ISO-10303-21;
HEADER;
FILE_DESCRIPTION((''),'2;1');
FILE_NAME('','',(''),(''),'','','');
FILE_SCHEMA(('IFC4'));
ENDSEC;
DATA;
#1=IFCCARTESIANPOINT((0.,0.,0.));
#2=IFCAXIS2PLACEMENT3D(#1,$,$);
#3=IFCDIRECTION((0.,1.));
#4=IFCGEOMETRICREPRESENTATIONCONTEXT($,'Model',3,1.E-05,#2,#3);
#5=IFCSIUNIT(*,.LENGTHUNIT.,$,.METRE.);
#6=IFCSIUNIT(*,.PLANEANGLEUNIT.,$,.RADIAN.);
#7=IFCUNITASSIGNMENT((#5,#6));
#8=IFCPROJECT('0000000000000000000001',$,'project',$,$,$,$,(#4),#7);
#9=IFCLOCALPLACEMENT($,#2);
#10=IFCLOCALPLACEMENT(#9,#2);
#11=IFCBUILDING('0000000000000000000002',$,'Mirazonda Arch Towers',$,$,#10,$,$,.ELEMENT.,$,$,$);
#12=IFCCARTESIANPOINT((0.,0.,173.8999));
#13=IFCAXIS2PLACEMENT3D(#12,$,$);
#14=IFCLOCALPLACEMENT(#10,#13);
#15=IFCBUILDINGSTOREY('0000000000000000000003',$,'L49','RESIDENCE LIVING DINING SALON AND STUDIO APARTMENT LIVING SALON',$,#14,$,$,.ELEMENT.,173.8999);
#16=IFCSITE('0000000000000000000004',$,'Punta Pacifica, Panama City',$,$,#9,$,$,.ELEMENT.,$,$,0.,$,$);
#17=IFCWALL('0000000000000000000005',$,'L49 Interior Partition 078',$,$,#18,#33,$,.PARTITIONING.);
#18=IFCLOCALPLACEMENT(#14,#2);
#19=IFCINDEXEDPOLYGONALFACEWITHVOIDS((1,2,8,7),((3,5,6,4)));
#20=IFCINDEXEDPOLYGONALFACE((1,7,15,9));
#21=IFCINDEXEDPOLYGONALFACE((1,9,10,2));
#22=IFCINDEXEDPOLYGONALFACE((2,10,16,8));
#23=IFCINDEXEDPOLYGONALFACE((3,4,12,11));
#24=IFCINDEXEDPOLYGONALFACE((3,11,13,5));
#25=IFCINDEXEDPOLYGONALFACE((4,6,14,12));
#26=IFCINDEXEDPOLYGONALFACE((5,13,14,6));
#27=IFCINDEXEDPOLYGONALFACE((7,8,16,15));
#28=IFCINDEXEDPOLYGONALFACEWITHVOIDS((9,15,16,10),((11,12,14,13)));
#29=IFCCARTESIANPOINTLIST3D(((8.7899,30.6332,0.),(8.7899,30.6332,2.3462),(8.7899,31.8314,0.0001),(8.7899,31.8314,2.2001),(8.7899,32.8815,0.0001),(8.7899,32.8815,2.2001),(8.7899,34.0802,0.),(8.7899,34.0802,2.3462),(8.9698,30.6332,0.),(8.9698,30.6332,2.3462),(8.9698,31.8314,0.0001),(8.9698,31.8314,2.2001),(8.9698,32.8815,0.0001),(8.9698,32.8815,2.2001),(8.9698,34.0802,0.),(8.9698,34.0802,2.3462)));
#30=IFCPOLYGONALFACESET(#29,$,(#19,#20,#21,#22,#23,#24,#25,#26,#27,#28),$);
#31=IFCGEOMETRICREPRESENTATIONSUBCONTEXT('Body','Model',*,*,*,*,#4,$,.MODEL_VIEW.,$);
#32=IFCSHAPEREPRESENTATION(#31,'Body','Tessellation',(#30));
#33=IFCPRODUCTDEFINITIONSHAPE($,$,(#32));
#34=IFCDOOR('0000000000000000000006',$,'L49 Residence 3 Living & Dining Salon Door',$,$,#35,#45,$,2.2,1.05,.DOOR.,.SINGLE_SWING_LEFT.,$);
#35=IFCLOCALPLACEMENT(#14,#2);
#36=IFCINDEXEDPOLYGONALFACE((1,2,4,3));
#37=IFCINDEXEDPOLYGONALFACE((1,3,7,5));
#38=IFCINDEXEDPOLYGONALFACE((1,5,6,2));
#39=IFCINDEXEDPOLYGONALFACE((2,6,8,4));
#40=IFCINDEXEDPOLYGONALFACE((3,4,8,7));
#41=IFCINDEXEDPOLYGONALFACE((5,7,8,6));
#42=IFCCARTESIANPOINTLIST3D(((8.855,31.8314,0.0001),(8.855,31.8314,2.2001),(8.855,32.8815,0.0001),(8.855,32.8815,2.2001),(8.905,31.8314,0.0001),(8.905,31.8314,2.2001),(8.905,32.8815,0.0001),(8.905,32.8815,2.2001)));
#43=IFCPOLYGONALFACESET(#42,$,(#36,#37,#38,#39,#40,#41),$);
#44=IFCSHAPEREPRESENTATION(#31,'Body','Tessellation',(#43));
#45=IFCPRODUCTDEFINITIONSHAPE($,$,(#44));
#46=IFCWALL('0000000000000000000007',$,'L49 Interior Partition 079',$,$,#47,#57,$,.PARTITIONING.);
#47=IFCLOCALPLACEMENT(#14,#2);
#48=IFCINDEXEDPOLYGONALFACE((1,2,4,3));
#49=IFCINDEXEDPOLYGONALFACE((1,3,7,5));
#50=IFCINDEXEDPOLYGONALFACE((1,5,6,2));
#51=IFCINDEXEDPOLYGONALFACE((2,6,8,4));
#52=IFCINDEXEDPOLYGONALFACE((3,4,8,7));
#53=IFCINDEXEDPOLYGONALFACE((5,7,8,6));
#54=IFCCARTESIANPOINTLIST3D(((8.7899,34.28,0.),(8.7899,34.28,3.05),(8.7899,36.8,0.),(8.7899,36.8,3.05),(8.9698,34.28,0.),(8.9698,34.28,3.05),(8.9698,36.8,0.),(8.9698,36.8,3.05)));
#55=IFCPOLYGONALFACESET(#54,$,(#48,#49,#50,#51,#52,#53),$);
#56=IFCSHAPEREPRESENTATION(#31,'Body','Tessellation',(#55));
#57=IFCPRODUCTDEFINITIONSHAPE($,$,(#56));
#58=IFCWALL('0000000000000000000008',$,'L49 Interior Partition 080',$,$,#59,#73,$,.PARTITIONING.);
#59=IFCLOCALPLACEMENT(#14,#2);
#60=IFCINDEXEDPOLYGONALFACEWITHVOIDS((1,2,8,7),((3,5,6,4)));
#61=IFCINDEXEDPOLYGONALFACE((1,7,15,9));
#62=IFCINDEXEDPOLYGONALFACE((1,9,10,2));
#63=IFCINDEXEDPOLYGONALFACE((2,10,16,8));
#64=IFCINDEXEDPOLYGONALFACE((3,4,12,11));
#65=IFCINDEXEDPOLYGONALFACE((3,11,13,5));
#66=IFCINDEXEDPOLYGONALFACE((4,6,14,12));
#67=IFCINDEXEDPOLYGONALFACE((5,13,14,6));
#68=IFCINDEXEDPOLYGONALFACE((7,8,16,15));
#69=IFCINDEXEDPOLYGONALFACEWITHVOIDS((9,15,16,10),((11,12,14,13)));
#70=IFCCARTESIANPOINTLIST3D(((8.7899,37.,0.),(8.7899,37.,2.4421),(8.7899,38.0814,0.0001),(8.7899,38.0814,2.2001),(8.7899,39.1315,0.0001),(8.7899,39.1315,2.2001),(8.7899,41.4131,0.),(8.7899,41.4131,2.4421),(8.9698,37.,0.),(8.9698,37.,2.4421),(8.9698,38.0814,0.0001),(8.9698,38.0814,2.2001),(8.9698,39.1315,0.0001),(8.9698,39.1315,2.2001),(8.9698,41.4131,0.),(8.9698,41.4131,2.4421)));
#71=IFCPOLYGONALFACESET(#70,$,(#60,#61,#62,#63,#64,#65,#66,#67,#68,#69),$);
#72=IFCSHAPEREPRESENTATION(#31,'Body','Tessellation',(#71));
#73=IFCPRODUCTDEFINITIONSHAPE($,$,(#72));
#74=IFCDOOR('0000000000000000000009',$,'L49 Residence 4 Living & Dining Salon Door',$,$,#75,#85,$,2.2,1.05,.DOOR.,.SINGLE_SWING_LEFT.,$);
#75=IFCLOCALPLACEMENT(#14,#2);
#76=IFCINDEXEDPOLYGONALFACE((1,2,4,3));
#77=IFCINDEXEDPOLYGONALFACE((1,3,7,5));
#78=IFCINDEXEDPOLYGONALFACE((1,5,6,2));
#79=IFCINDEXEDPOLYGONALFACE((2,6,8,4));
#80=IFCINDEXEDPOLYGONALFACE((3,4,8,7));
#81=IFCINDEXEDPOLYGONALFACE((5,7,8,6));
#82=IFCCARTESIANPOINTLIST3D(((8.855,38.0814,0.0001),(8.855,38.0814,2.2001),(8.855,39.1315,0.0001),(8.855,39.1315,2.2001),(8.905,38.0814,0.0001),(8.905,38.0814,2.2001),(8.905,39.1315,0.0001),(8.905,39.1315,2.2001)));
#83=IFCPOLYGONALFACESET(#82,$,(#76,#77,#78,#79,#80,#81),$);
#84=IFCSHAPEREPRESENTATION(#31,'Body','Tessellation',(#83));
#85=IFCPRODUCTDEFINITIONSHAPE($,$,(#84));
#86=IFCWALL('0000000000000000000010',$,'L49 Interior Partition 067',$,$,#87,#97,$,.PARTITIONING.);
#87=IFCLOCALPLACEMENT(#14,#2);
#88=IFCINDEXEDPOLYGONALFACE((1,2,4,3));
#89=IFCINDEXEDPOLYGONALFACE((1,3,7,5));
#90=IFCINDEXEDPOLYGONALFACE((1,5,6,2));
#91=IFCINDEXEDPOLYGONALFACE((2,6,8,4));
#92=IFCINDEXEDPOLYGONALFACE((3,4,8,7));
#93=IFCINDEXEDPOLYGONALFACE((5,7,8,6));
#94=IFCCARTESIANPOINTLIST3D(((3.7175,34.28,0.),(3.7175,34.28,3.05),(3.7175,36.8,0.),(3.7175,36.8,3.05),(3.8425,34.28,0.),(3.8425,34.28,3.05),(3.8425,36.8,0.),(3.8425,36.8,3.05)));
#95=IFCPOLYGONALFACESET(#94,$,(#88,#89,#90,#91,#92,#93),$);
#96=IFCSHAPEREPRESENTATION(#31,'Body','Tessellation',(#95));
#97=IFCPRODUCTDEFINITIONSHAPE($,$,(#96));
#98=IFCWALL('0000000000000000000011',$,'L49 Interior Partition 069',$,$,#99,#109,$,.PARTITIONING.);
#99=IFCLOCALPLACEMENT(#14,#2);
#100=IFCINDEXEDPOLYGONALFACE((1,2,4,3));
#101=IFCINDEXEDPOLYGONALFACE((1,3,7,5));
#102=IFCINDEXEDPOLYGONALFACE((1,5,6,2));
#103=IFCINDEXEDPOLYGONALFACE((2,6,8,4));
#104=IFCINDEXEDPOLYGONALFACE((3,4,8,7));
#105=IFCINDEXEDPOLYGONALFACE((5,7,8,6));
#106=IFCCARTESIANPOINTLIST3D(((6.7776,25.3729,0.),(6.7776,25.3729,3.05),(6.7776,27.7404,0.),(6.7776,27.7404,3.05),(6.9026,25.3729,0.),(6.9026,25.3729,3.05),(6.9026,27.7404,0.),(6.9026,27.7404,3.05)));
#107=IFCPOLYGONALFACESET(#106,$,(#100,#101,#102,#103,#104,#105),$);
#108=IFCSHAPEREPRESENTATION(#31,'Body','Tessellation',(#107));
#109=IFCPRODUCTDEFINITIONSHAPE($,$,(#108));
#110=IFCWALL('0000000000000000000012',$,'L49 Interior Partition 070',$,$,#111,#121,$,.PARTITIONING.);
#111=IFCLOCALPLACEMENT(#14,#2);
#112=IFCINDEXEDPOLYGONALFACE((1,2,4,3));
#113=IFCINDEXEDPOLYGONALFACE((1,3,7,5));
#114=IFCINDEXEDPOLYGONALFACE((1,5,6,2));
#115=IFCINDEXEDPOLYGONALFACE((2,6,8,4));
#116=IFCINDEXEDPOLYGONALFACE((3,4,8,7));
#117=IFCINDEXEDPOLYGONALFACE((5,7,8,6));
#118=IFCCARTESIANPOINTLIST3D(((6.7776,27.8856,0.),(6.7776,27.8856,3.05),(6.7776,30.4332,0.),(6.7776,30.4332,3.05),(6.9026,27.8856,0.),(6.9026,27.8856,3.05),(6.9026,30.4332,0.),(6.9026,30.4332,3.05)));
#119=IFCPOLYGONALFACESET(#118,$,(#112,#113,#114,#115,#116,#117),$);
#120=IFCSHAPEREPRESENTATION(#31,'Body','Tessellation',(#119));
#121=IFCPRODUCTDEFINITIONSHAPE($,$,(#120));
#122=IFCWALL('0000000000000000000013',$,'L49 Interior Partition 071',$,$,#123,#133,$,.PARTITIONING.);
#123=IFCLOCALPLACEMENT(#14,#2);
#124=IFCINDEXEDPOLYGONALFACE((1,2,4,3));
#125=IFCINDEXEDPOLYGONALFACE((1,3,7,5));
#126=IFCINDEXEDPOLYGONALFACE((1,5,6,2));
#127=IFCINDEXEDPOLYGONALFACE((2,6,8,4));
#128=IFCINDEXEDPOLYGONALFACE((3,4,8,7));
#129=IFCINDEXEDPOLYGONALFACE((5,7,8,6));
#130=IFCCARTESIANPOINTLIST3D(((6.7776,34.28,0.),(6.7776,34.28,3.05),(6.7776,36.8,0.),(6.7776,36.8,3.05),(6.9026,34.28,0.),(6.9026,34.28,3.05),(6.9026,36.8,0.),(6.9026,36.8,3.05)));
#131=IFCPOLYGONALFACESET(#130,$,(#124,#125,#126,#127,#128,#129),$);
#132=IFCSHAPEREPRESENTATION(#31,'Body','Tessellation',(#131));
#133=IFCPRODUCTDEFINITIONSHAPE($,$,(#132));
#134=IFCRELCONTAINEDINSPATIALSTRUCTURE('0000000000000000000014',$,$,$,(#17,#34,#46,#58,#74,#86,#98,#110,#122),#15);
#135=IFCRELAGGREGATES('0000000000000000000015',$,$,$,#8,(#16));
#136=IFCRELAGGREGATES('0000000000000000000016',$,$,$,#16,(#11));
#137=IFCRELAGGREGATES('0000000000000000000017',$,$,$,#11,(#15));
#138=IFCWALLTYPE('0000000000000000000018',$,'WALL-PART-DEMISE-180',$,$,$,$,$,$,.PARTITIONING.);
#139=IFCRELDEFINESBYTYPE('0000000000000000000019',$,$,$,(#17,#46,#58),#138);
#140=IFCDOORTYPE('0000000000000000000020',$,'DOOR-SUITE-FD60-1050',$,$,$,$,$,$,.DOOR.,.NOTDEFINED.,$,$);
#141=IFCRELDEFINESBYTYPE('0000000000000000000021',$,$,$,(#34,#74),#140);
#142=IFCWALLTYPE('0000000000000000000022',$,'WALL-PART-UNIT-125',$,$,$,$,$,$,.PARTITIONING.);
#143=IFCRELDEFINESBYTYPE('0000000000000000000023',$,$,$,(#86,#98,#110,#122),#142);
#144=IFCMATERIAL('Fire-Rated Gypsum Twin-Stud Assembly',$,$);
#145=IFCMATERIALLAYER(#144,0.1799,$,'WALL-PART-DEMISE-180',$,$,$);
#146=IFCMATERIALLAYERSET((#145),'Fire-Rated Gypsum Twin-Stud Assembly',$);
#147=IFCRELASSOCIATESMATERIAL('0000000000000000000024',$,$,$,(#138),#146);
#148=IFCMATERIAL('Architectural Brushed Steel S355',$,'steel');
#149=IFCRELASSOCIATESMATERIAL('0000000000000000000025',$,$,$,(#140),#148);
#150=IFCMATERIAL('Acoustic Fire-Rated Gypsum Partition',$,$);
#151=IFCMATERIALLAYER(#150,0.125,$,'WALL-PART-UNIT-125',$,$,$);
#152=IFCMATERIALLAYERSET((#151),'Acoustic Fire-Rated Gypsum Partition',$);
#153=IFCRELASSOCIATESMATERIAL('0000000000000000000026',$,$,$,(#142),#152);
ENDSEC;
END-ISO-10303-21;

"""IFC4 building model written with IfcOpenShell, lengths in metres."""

from ifc_helpers import new_model, si_unit, direction, frame, frame_2d, origin, place, context, subcontext, project, spatial, rectangle, extrude, material, layer, layer_set, type_object, element, fill, save


model = new_model("IFC4")

# Units and contexts
model_context = context("Model", 3, precision=1e-05, world=origin(), true_north=direction((0.0, 1.0)))
body_context = subcontext(model_context, "Body", "Model", "MODEL_VIEW")
ifc_project = project(units=[si_unit("LENGTHUNIT", "METRE"), si_unit("PLANEANGLEUNIT", "RADIAN")], contexts=[model_context])

# Site, building, storey
site_placement = place(None, origin())
site = spatial("IfcSite", under=ifc_project, at=site_placement, Name="Punta Pacifica, Panama City", CompositionType="ELEMENT", RefElevation=0.0)
building_placement = place(site_placement, origin())
building = spatial("IfcBuilding", under=site, at=building_placement, Name="Mirazonda Arch Towers", CompositionType="ELEMENT")
storey_placement = place(building_placement, frame((0.0, 0.0, 173.8999)))
storey = spatial("IfcBuildingStorey", under=building, at=storey_placement, Name="L49", Description="RESIDENCE LIVING DINING SALON AND STUDIO APARTMENT LIVING SALON", CompositionType="ELEMENT", Elevation=173.8999)

# Shared definitions
ifc_material_1 = material(Name="Architectural Brushed Steel S355", Category="steel")

# Shared definitions
ifc_material_2 = material(Name="Fire-Rated Gypsum Twin-Stud Assembly")
ifc_layer_1 = layer(ifc_material_2, 0.1799, Name="WALL-PART-DEMISE-180")
ifc_layer_set_1 = layer_set([ifc_layer_1], Name="Fire-Rated Gypsum Twin-Stud Assembly")
wall_type_1 = type_object("IfcWallType", Name="WALL-PART-DEMISE-180", PredefinedType="PARTITIONING", material=ifc_layer_set_1)

# Wall, opening, door
wall_1_placement = place(storey_placement, frame((8.8799, 30.6331, 0.0), z_axis=(0.0, 0.0, 1.0), x_axis=(0.0, 1.0, 0.0)))
wall_1 = element("IfcWall", 1, at=wall_1_placement, inside=storey, type_object=wall_type_1, Name="L49 Interior Partition 078", PredefinedType="PARTITIONING", context=body_context, shape_type="SweptSolid", body=[
    extrude(rectangle(XDim=3.447, YDim=0.1799, at=frame_2d((1.7236, 0.0))), origin(), (0.0, 0.0, 1.0), 2.3462),
])
opening_1_placement = place(wall_1_placement, frame((1.1985, 0.0, 0.0)))
opening_1 = element("IfcOpeningElement", 2, at=opening_1_placement, cuts=wall_1, PredefinedType="OPENING", context=body_context, shape_type="SweptSolid", body=[
    extrude(rectangle(XDim=1.05, YDim=2.2, at=frame_2d((0.5249, 1.1001))), frame((0.0, 0.0999, 0.0), z_axis=(0.0, -1.0, 0.0), x_axis=(1.0, 0.0, 0.0)), (0.0, 0.0, 1.0), 0.2),
])
door_type_1 = type_object("IfcDoorType", Name="DOOR-SUITE-FD60-1050", OperationType="NOTDEFINED", PredefinedType="DOOR", material=ifc_material_1)
door_1_placement = place(opening_1_placement, origin())
door_1 = element("IfcDoor", 3, at=door_1_placement, inside=storey, type_object=door_type_1, Name="L49 Residence 3 Living & Dining Salon Door", OperationType="SINGLE_SWING_LEFT", OverallHeight=2.2, OverallWidth=1.05, PredefinedType="DOOR", context=body_context, shape_type="SweptSolid", body=[
    extrude(rectangle(XDim=1.05, YDim=2.2, at=frame_2d((0.5249, 1.1001))), frame((0.0, 0.0249, 0.0), z_axis=(0.0, -1.0, 0.0), x_axis=(1.0, 0.0, 0.0)), (0.0, 0.0, 1.0), 0.05),
])
fill(opening_1, door_1)

# Wall
wall_2_placement = place(storey_placement, frame((8.8799, 34.28, 0.0), z_axis=(0.0, 0.0, 1.0), x_axis=(0.0, 1.0, 0.0)))
element("IfcWall", 4, at=wall_2_placement, inside=storey, type_object=wall_type_1, Name="L49 Interior Partition 079", PredefinedType="PARTITIONING", context=body_context, shape_type="SweptSolid", body=[
    extrude(rectangle(XDim=2.52, YDim=0.1799, at=frame_2d((1.26, 0.0))), origin(), (0.0, 0.0, 1.0), 3.05),
])

# Wall, opening, door
wall_3_placement = place(storey_placement, frame((8.8799, 37.0, 0.0), z_axis=(0.0, 0.0, 1.0), x_axis=(0.0, 1.0, 0.0)))
wall_3 = element("IfcWall", 5, at=wall_3_placement, inside=storey, type_object=wall_type_1, Name="L49 Interior Partition 080", PredefinedType="PARTITIONING", context=body_context, shape_type="SweptSolid", body=[
    extrude(rectangle(XDim=4.4131, YDim=0.1799, at=frame_2d((2.2065, 0.0))), origin(), (0.0, 0.0, 1.0), 2.4421),
])
opening_2_placement = place(wall_3_placement, frame((1.0815, 0.0, 0.0)))
opening_2 = element("IfcOpeningElement", 6, at=opening_2_placement, cuts=wall_3, PredefinedType="OPENING", context=body_context, shape_type="SweptSolid", body=[
    extrude(rectangle(XDim=1.05, YDim=2.2, at=frame_2d((0.5249, 1.1001))), frame((0.0, 0.0999, 0.0), z_axis=(0.0, -1.0, 0.0), x_axis=(1.0, 0.0, 0.0)), (0.0, 0.0, 1.0), 0.2),
])
door_2_placement = place(opening_2_placement, origin())
door_2 = element("IfcDoor", 7, at=door_2_placement, inside=storey, type_object=door_type_1, Name="L49 Residence 4 Living & Dining Salon Door", OperationType="SINGLE_SWING_LEFT", OverallHeight=2.2, OverallWidth=1.05, PredefinedType="DOOR", context=body_context, shape_type="SweptSolid", body=[
    extrude(rectangle(XDim=1.05, YDim=2.2, at=frame_2d((0.5249, 1.1001))), frame((0.0, 0.0249, 0.0), z_axis=(0.0, -1.0, 0.0), x_axis=(1.0, 0.0, 0.0)), (0.0, 0.0, 1.0), 0.05),
])
fill(opening_2, door_2)

# Walls
ifc_material_3 = material(Name="Acoustic Fire-Rated Gypsum Partition")
ifc_layer_2 = layer(ifc_material_3, 0.125, Name="WALL-PART-UNIT-125")
ifc_layer_set_2 = layer_set([ifc_layer_2], Name="Acoustic Fire-Rated Gypsum Partition")
wall_type_2 = type_object("IfcWallType", Name="WALL-PART-UNIT-125", PredefinedType="PARTITIONING", material=ifc_layer_set_2)
wall_4_placement = place(storey_placement, frame((3.78, 34.28, 0.0), z_axis=(0.0, 0.0, 1.0), x_axis=(0.0, 1.0, 0.0)))
element("IfcWall", 8, at=wall_4_placement, inside=storey, type_object=wall_type_2, Name="L49 Interior Partition 067", PredefinedType="PARTITIONING", context=body_context, shape_type="SweptSolid", body=[
    extrude(rectangle(XDim=2.52, YDim=0.125, at=frame_2d((1.26, 0.0))), origin(), (0.0, 0.0, 1.0), 3.05),
])
wall_5_placement = place(storey_placement, frame((6.8401, 25.373, 0.0), z_axis=(0.0, 0.0, 1.0), x_axis=(0.0, 1.0, 0.0)))
element("IfcWall", 9, at=wall_5_placement, inside=storey, type_object=wall_type_2, Name="L49 Interior Partition 069", PredefinedType="PARTITIONING", context=body_context, shape_type="SweptSolid", body=[
    extrude(rectangle(XDim=2.3674, YDim=0.125, at=frame_2d((1.1836, 0.0))), origin(), (0.0, 0.0, 1.0), 3.05),
])
wall_6_placement = place(storey_placement, frame((6.8401, 27.8855, 0.0), z_axis=(0.0, 0.0, 1.0), x_axis=(0.0, 1.0, 0.0)))
element("IfcWall", 10, at=wall_6_placement, inside=storey, type_object=wall_type_2, Name="L49 Interior Partition 070", PredefinedType="PARTITIONING", context=body_context, shape_type="SweptSolid", body=[
    extrude(rectangle(XDim=2.5476, YDim=0.125, at=frame_2d((1.2739, 0.0))), origin(), (0.0, 0.0, 1.0), 3.05),
])
wall_7_placement = place(storey_placement, frame((6.8401, 34.28, 0.0), z_axis=(0.0, 0.0, 1.0), x_axis=(0.0, 1.0, 0.0)))
element("IfcWall", 11, at=wall_7_placement, inside=storey, type_object=wall_type_2, Name="L49 Interior Partition 071", PredefinedType="PARTITIONING", context=body_context, shape_type="SweptSolid", body=[
    extrude(rectangle(XDim=2.52, YDim=0.125, at=frame_2d((1.26, 0.0))), origin(), (0.0, 0.0, 1.0), 3.05),
])

save(model, "model.ifc")
